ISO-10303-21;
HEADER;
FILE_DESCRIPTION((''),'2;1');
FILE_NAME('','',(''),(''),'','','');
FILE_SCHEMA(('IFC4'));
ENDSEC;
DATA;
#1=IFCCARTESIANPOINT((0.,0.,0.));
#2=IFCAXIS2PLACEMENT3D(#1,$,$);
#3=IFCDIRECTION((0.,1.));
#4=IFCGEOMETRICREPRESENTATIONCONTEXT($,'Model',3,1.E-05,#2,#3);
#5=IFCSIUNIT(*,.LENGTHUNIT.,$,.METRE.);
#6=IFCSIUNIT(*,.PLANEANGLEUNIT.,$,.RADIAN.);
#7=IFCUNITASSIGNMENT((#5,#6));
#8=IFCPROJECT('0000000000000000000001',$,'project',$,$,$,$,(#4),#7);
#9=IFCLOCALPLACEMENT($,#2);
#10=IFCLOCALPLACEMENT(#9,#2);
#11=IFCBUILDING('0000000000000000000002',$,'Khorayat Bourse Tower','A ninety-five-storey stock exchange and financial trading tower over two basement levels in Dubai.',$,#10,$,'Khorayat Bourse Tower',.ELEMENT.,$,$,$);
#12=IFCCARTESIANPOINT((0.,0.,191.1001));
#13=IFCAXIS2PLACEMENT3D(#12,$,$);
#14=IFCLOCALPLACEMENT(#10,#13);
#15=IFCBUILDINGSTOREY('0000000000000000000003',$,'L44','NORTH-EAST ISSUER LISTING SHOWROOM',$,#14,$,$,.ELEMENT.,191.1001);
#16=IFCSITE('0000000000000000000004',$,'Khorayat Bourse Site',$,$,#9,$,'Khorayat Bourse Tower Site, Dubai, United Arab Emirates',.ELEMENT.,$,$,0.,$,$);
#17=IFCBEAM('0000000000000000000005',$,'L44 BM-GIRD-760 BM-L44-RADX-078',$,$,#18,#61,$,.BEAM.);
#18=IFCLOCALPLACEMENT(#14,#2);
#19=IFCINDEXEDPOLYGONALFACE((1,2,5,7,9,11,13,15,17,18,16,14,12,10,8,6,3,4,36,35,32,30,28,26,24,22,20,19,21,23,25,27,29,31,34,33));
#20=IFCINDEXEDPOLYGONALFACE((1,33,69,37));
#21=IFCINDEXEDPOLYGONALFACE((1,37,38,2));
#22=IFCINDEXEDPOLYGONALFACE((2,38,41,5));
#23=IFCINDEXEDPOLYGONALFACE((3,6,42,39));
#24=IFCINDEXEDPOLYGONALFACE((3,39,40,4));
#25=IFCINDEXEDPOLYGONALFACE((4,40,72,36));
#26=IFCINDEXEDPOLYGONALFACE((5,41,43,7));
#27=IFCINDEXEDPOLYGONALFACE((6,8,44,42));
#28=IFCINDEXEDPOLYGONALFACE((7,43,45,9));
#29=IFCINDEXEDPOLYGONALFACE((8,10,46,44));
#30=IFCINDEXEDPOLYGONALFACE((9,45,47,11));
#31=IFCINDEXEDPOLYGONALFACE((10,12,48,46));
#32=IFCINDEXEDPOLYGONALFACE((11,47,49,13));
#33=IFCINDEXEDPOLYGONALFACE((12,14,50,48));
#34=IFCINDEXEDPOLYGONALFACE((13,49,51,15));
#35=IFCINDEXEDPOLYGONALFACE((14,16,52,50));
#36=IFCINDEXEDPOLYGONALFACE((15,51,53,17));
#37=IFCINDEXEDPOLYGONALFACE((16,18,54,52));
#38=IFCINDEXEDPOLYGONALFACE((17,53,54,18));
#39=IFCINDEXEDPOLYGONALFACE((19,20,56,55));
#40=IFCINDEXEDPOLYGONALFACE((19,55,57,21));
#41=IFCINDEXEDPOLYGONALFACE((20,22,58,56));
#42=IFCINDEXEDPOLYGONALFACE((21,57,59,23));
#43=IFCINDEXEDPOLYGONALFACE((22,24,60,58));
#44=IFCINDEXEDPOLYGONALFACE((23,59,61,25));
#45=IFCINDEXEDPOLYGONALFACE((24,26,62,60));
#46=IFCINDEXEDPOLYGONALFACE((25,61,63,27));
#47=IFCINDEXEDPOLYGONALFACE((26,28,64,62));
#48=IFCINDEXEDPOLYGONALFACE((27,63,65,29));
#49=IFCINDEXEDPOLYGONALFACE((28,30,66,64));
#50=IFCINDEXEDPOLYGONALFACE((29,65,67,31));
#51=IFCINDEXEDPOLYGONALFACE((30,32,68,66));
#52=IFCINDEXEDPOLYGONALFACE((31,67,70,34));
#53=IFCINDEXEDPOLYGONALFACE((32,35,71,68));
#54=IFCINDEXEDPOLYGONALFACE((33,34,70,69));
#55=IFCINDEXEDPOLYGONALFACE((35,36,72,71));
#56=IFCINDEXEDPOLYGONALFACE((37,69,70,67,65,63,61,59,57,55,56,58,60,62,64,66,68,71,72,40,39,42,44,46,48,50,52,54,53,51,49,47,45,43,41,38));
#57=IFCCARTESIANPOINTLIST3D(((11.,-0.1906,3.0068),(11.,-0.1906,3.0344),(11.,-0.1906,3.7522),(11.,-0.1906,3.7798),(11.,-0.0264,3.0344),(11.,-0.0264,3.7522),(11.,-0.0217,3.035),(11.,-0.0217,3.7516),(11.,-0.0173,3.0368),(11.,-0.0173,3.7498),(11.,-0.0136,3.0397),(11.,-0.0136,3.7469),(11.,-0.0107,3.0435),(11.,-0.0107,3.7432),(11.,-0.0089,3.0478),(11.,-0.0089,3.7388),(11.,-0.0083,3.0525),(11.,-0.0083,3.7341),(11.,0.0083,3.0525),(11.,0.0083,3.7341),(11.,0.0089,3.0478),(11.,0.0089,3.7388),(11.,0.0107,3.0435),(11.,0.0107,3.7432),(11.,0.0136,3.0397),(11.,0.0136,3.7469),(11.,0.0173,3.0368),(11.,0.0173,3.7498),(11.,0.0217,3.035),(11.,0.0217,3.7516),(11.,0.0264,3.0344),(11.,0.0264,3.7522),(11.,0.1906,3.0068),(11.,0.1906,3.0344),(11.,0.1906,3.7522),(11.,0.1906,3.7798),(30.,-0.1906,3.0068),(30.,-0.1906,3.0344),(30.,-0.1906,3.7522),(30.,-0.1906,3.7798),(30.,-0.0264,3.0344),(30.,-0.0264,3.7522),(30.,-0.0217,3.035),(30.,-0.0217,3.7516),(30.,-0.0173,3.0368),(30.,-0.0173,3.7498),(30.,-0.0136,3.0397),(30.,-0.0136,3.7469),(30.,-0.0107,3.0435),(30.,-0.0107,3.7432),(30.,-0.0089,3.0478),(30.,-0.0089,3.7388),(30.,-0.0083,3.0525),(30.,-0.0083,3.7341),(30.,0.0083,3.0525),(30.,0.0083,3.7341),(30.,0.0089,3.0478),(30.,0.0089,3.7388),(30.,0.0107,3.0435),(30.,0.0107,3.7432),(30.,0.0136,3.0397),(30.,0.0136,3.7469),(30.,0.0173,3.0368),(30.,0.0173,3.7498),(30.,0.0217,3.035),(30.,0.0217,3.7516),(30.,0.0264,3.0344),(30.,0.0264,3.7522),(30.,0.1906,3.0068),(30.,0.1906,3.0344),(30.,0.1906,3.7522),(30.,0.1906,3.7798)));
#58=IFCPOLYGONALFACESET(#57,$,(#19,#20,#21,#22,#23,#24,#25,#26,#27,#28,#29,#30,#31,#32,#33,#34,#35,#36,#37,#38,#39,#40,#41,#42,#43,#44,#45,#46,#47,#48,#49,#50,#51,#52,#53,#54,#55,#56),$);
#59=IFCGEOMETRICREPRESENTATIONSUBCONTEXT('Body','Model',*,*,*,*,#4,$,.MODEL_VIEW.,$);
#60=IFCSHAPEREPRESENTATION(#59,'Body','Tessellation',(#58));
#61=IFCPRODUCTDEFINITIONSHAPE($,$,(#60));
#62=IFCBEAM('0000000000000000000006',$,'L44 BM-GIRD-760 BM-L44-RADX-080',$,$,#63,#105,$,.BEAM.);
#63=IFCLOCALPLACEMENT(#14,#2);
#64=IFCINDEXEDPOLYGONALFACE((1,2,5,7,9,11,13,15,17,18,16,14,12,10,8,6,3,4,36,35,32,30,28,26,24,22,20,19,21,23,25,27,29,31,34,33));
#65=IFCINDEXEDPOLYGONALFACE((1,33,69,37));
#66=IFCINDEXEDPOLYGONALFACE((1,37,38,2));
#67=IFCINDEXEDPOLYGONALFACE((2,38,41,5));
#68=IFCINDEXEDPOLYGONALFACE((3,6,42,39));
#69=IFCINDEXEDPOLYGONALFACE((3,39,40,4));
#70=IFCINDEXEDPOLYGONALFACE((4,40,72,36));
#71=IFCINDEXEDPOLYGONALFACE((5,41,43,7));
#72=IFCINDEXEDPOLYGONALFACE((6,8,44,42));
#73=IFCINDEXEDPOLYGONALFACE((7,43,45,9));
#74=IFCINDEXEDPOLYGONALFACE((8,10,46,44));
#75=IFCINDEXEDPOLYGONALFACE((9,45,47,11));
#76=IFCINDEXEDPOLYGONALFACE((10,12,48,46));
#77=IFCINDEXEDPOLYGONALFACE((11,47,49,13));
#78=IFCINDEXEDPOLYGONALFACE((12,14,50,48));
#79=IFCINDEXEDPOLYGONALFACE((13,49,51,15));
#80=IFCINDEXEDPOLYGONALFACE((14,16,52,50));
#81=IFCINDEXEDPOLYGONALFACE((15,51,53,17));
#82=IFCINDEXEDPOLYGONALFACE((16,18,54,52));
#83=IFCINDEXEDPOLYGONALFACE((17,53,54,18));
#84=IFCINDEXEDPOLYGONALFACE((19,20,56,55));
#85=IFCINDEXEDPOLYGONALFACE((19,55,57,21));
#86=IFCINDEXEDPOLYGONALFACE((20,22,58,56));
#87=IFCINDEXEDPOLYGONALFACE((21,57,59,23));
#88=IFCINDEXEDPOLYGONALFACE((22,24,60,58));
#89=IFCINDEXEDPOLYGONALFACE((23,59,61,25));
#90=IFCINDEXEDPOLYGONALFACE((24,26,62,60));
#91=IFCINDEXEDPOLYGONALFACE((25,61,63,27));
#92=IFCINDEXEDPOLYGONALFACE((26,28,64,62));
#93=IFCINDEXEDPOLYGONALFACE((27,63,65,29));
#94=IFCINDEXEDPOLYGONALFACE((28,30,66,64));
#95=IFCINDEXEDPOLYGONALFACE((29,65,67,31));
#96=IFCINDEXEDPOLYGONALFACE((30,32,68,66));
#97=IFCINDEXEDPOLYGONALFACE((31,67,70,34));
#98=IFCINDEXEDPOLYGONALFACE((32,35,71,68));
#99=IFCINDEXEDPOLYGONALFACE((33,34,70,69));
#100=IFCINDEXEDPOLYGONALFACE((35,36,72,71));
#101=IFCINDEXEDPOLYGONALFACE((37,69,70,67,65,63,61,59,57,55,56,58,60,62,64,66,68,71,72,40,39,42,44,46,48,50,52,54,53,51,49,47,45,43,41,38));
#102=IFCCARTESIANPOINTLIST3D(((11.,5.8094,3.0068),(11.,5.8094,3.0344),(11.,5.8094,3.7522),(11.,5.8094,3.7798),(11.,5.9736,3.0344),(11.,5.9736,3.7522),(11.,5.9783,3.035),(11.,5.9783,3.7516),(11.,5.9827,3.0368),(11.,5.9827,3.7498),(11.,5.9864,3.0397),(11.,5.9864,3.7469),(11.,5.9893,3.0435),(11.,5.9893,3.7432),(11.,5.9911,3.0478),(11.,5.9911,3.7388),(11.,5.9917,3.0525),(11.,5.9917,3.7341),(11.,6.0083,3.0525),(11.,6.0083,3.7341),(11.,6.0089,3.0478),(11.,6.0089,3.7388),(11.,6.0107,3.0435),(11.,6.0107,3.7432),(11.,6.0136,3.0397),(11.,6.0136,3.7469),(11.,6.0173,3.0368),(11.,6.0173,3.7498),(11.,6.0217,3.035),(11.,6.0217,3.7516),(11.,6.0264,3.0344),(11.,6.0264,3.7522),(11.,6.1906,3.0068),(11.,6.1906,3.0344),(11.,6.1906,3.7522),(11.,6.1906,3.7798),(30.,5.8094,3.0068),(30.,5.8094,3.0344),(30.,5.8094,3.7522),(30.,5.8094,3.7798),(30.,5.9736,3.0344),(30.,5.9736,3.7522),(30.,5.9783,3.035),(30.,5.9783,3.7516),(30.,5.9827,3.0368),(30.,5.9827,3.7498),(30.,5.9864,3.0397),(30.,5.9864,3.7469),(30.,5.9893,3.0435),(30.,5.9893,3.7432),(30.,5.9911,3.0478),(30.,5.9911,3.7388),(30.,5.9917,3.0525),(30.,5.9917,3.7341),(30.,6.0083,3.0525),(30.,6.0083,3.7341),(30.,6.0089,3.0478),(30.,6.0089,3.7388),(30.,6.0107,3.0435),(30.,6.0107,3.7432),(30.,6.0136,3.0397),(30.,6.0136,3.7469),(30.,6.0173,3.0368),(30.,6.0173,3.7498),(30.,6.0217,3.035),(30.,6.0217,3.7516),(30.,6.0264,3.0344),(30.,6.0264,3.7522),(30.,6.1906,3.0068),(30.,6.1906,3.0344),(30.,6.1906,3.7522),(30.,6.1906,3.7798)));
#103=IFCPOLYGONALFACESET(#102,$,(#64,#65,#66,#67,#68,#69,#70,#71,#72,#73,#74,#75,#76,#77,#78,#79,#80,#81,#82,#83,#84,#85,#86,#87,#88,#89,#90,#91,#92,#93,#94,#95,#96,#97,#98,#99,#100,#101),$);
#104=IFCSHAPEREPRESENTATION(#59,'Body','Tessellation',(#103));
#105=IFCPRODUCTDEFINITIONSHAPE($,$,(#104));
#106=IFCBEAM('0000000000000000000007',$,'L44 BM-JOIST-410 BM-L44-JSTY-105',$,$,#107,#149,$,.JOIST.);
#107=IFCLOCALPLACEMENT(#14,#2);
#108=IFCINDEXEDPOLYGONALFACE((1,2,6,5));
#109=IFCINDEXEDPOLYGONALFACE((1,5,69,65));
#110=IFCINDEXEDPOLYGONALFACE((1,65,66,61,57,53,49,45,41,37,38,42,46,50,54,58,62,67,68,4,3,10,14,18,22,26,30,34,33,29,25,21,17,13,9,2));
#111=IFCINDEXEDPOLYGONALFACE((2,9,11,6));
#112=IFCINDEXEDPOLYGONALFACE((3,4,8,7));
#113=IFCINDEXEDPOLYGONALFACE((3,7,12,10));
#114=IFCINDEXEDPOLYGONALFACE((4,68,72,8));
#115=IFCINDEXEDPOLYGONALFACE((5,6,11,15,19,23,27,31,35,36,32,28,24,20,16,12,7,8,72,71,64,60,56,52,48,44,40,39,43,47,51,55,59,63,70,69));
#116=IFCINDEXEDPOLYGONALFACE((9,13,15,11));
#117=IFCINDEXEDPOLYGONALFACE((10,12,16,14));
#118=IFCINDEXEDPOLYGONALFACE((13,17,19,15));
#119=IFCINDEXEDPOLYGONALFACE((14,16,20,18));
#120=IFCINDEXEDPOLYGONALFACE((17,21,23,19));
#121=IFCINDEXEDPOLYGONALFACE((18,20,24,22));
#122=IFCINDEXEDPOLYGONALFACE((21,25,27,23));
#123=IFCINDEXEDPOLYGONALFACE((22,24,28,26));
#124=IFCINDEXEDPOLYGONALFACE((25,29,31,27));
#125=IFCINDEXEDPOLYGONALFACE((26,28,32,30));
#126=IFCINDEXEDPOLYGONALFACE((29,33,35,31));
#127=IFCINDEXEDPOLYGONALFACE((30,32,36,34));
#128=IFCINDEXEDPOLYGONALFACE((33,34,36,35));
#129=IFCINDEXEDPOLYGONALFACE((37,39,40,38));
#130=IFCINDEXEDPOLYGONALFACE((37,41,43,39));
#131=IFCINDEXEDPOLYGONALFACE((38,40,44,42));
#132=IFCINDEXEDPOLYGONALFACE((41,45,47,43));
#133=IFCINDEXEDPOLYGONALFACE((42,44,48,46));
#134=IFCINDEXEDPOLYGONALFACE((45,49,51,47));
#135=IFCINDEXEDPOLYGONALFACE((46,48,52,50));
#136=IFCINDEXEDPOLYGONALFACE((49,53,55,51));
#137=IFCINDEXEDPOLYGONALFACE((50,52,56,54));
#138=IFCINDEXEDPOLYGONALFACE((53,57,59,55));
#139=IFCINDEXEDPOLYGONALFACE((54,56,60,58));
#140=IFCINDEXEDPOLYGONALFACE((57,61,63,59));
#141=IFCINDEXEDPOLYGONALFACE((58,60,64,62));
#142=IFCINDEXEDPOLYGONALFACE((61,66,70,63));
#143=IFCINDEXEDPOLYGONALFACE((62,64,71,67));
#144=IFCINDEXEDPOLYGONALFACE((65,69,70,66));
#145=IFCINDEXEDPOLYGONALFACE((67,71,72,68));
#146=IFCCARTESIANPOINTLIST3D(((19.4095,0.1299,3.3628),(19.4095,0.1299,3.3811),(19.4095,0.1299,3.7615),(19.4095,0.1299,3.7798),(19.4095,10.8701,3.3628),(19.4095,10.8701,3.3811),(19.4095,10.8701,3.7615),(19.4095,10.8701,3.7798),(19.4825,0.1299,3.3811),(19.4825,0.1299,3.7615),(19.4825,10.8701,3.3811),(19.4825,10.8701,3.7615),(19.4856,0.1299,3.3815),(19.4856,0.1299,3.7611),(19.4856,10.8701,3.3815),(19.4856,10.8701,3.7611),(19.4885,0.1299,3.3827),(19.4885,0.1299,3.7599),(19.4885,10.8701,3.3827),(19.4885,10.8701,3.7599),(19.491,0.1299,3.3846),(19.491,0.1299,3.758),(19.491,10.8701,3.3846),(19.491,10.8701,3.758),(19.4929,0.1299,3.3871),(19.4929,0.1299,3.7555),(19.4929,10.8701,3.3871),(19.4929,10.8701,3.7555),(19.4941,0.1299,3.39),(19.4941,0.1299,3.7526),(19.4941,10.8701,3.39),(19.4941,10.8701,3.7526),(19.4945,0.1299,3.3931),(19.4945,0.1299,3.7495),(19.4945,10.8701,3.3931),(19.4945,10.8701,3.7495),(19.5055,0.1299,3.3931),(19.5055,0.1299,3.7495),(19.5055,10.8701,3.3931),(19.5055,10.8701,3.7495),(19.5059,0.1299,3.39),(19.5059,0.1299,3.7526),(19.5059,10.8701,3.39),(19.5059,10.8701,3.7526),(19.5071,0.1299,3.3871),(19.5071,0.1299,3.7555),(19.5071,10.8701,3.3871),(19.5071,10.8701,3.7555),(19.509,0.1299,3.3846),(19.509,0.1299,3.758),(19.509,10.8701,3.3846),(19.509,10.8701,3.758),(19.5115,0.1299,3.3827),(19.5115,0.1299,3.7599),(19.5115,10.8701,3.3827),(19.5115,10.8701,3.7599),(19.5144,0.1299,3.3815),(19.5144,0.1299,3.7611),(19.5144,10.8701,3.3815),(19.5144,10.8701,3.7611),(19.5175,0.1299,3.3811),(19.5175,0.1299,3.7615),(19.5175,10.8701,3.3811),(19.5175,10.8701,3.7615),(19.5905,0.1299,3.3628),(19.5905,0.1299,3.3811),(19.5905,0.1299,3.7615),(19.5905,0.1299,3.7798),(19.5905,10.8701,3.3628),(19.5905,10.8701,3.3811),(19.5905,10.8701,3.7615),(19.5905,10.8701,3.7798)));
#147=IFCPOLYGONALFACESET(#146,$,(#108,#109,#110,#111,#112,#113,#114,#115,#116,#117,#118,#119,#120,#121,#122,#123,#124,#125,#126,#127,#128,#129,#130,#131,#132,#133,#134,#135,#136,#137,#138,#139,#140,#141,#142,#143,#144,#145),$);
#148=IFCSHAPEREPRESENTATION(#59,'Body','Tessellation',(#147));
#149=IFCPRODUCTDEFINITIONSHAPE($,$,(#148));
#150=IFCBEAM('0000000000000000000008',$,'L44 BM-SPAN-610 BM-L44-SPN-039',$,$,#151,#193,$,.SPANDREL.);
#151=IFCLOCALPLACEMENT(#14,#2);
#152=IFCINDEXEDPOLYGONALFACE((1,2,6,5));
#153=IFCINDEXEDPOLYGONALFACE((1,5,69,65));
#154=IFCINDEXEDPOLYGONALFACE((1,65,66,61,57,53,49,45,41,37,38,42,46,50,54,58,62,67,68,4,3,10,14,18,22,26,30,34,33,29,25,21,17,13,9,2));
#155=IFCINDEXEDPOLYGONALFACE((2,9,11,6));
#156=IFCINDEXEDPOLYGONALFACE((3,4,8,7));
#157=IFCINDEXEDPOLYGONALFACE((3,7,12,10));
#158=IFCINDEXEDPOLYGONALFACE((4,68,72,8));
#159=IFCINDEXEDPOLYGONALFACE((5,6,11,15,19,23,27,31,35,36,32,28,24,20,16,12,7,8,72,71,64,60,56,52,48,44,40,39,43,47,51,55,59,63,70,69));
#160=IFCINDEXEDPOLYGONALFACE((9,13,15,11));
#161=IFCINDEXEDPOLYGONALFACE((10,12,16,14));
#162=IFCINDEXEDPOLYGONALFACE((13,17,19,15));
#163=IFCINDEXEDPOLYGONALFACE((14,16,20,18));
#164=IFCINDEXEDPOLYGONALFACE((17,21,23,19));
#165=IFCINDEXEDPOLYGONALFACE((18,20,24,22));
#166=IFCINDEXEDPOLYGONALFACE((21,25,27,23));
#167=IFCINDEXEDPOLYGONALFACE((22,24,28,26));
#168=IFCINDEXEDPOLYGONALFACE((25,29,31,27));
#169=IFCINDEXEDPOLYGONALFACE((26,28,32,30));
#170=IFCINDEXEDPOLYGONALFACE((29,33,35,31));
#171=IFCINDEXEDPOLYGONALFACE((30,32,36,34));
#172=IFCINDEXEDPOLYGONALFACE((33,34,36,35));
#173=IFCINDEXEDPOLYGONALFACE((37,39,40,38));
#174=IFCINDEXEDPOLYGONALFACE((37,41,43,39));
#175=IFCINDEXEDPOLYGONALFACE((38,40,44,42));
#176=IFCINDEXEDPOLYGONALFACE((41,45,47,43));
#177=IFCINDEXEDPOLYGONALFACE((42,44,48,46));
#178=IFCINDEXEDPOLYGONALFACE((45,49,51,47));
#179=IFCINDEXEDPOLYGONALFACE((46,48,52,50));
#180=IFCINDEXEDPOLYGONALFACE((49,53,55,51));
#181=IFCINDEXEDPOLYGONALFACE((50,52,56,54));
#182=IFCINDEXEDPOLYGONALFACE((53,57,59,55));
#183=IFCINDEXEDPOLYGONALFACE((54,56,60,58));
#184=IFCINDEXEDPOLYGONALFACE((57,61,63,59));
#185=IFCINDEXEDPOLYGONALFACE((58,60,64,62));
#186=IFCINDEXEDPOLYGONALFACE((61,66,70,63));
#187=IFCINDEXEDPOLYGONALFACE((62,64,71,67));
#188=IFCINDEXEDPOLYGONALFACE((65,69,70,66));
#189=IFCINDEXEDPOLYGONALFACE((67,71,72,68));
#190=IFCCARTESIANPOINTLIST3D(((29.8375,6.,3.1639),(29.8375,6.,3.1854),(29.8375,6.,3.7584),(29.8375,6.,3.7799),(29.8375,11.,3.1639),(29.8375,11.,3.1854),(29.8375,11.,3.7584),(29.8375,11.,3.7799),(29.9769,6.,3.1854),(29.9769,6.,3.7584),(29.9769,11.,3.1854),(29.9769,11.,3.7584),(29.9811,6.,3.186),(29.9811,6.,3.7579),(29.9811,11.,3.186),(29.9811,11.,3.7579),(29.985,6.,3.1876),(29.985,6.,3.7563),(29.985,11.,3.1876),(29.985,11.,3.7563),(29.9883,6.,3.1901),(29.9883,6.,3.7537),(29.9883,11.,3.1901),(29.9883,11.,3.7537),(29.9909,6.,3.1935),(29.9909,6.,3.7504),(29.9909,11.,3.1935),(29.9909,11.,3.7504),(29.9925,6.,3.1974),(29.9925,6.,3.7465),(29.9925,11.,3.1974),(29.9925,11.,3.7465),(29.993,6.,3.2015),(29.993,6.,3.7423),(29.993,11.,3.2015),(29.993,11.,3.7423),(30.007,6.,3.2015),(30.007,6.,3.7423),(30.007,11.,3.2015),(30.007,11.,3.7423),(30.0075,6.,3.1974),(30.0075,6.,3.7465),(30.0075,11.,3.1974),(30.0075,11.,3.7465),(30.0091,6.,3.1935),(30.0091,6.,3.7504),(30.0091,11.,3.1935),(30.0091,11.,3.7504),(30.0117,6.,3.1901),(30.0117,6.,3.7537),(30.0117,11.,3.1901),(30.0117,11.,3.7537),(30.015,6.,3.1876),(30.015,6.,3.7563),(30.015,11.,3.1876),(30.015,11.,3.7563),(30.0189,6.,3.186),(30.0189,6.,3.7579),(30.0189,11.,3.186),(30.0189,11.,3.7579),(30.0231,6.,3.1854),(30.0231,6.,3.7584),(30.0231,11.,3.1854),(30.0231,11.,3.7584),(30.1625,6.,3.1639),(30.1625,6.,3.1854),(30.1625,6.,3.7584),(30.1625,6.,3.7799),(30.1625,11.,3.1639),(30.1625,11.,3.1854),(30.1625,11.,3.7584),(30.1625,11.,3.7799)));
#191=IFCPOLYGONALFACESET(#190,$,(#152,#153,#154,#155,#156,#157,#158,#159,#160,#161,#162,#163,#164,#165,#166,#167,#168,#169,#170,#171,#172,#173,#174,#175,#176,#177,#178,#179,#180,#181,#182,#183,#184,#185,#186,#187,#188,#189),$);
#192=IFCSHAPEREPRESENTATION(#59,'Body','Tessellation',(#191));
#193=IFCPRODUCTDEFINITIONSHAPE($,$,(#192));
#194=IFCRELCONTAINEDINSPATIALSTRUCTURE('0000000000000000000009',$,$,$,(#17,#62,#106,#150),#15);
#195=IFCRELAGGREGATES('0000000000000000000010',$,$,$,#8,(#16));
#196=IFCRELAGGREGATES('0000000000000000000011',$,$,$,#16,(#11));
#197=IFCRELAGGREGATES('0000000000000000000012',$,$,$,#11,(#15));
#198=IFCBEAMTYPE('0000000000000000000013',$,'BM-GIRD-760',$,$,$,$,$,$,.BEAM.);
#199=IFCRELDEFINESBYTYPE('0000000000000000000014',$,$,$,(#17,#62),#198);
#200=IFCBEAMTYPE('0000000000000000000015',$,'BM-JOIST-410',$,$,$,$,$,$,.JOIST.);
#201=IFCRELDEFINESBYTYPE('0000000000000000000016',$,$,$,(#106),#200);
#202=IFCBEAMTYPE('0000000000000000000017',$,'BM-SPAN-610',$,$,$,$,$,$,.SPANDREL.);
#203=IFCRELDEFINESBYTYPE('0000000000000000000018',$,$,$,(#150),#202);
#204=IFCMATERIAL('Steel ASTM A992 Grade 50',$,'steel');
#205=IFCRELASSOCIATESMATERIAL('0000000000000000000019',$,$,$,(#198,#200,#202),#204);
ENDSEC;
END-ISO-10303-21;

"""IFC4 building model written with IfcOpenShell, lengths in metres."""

from ifc_helpers import new_model, si_unit, direction, frame, origin, origin_2d, place, context, subcontext, project, spatial, i_section, extrude, source, transform, mapped, material, material_profile, profile_set, type_object, element, save


model = new_model("IFC4")

# Units and contexts
model_context = context("Model", 3, precision=1e-05, world=origin(), true_north=direction((0.0, 1.0)))
body_context = subcontext(model_context, "Body", "Model", "MODEL_VIEW")
ifc_project = project(units=[si_unit("LENGTHUNIT", "METRE"), si_unit("PLANEANGLEUNIT", "RADIAN")], contexts=[model_context])

# Site, building, storey
site_placement = place(None, origin())
site = spatial("IfcSite", under=ifc_project, at=site_placement, Name="Khorayat Bourse Site", LongName="Khorayat Bourse Tower Site, Dubai, United Arab Emirates", CompositionType="ELEMENT", RefElevation=0.0)
building_placement = place(site_placement, origin())
building = spatial("IfcBuilding", under=site, at=building_placement, Name="Khorayat Bourse Tower", Description="A ninety-five-storey stock exchange and financial trading tower over two basement levels in Dubai.", LongName="Khorayat Bourse Tower", CompositionType="ELEMENT")
storey_placement = place(building_placement, frame((0.0, 0.0, 191.1001)))
storey = spatial("IfcBuildingStorey", under=building, at=storey_placement, Name="L44", Description="NORTH-EAST ISSUER LISTING SHOWROOM", CompositionType="ELEMENT", Elevation=191.1001)

# Beams
ifc_material_1 = material(Name="Steel ASTM A992 Grade 50", Category="steel")
ifc_material_profile_1 = material_profile(ifc_material_1, i_section(OverallWidth=0.3811, OverallDepth=0.7729, WebThickness=0.0166, FlangeThickness=0.0276, FilletRadius=0.0181, at=origin_2d()), Name="W760X257")
ifc_profile_set_1 = profile_set([ifc_material_profile_1], Name="Steel ASTM A992 Grade 50")
beam_type_1 = type_object("IfcBeamType", Name="BM-GIRD-760", PredefinedType="BEAM", material=ifc_profile_set_1)
shared_shape_1 = source(origin(), body_context, "Body", "SweptSolid", [
    extrude(i_section(OverallWidth=0.3811, OverallDepth=0.7729, WebThickness=0.0166, FlangeThickness=0.0276, FilletRadius=0.0181, at=origin_2d()), origin(), (0.0, 0.0, 1.0), 19.0),
])
for number, where, z_axis, x_axis, name in (
    (1, (11.0, 0.0, 3.3933), (1.0, 0.0, 0.0), (0.0, 1.0, 0.0), "L44 BM-GIRD-760 BM-L44-RADX-078"),
    (2, (11.0, 6.0, 3.3933), (1.0, 0.0, 0.0), (0.0, 1.0, 0.0), "L44 BM-GIRD-760 BM-L44-RADX-080"),
):
    element("IfcBeam", number, at=place(storey_placement, frame(where, z_axis=z_axis, x_axis=x_axis)), inside=storey, type_object=beam_type_1, Name=name, PredefinedType="BEAM", context=body_context, shape_type="MappedRepresentation", body=[
        mapped(shared_shape_1, transform((0.0, 0.0, 0.0), scale=1.0)),
    ])
ifc_material_profile_2 = material_profile(ifc_material_1, i_section(OverallWidth=0.1809, OverallDepth=0.417, WebThickness=0.011, FlangeThickness=0.0183, FilletRadius=0.012, at=origin_2d()), Name="W410X85")
ifc_profile_set_2 = profile_set([ifc_material_profile_2], Name="Steel ASTM A992 Grade 50")
beam_type_2 = type_object("IfcBeamType", Name="BM-JOIST-410", PredefinedType="JOIST", material=ifc_profile_set_2)
shared_shape_2 = source(origin(), body_context, "Body", "SweptSolid", [
    extrude(i_section(OverallWidth=0.1809, OverallDepth=0.417, WebThickness=0.011, FlangeThickness=0.0183, FilletRadius=0.012, at=origin_2d()), origin(), (0.0, 0.0, 1.0), 10.7402),
])
beam_1_placement = place(storey_placement, frame((19.5, 0.1299, 3.5713), z_axis=(0.0, 1.0, 0.0), x_axis=(-1.0, 0.0, 0.0)))
element("IfcBeam", 3, at=beam_1_placement, inside=storey, type_object=beam_type_2, Name="L44 BM-JOIST-410 BM-L44-JSTY-105", PredefinedType="JOIST", context=body_context, shape_type="MappedRepresentation", body=[
    mapped(shared_shape_2, transform((0.0, 0.0, 0.0), scale=1.0)),
])
ifc_material_profile_3 = material_profile(ifc_material_1, i_section(OverallWidth=0.325, OverallDepth=0.616, WebThickness=0.0139, FlangeThickness=0.0215, FilletRadius=0.0161, at=origin_2d()), Name="W610X174")
ifc_profile_set_3 = profile_set([ifc_material_profile_3], Name="Steel ASTM A992 Grade 50")
beam_type_3 = type_object("IfcBeamType", Name="BM-SPAN-610", PredefinedType="SPANDREL", material=ifc_profile_set_3)
shared_shape_3 = source(origin(), body_context, "Body", "SweptSolid", [
    extrude(i_section(OverallWidth=0.325, OverallDepth=0.616, WebThickness=0.0139, FlangeThickness=0.0215, FilletRadius=0.0161, at=origin_2d()), origin(), (0.0, 0.0, 1.0), 5.0),
])
beam_2_placement = place(storey_placement, frame((30.0, 6.0, 3.4719), z_axis=(0.0, 1.0, 0.0), x_axis=(-1.0, 0.0, 0.0)))
element("IfcBeam", 4, at=beam_2_placement, inside=storey, type_object=beam_type_3, Name="L44 BM-SPAN-610 BM-L44-SPN-039", PredefinedType="SPANDREL", context=body_context, shape_type="MappedRepresentation", body=[
    mapped(shared_shape_3, transform((0.0, 0.0, 0.0), scale=1.0)),
])

save(model, "model.ifc")
